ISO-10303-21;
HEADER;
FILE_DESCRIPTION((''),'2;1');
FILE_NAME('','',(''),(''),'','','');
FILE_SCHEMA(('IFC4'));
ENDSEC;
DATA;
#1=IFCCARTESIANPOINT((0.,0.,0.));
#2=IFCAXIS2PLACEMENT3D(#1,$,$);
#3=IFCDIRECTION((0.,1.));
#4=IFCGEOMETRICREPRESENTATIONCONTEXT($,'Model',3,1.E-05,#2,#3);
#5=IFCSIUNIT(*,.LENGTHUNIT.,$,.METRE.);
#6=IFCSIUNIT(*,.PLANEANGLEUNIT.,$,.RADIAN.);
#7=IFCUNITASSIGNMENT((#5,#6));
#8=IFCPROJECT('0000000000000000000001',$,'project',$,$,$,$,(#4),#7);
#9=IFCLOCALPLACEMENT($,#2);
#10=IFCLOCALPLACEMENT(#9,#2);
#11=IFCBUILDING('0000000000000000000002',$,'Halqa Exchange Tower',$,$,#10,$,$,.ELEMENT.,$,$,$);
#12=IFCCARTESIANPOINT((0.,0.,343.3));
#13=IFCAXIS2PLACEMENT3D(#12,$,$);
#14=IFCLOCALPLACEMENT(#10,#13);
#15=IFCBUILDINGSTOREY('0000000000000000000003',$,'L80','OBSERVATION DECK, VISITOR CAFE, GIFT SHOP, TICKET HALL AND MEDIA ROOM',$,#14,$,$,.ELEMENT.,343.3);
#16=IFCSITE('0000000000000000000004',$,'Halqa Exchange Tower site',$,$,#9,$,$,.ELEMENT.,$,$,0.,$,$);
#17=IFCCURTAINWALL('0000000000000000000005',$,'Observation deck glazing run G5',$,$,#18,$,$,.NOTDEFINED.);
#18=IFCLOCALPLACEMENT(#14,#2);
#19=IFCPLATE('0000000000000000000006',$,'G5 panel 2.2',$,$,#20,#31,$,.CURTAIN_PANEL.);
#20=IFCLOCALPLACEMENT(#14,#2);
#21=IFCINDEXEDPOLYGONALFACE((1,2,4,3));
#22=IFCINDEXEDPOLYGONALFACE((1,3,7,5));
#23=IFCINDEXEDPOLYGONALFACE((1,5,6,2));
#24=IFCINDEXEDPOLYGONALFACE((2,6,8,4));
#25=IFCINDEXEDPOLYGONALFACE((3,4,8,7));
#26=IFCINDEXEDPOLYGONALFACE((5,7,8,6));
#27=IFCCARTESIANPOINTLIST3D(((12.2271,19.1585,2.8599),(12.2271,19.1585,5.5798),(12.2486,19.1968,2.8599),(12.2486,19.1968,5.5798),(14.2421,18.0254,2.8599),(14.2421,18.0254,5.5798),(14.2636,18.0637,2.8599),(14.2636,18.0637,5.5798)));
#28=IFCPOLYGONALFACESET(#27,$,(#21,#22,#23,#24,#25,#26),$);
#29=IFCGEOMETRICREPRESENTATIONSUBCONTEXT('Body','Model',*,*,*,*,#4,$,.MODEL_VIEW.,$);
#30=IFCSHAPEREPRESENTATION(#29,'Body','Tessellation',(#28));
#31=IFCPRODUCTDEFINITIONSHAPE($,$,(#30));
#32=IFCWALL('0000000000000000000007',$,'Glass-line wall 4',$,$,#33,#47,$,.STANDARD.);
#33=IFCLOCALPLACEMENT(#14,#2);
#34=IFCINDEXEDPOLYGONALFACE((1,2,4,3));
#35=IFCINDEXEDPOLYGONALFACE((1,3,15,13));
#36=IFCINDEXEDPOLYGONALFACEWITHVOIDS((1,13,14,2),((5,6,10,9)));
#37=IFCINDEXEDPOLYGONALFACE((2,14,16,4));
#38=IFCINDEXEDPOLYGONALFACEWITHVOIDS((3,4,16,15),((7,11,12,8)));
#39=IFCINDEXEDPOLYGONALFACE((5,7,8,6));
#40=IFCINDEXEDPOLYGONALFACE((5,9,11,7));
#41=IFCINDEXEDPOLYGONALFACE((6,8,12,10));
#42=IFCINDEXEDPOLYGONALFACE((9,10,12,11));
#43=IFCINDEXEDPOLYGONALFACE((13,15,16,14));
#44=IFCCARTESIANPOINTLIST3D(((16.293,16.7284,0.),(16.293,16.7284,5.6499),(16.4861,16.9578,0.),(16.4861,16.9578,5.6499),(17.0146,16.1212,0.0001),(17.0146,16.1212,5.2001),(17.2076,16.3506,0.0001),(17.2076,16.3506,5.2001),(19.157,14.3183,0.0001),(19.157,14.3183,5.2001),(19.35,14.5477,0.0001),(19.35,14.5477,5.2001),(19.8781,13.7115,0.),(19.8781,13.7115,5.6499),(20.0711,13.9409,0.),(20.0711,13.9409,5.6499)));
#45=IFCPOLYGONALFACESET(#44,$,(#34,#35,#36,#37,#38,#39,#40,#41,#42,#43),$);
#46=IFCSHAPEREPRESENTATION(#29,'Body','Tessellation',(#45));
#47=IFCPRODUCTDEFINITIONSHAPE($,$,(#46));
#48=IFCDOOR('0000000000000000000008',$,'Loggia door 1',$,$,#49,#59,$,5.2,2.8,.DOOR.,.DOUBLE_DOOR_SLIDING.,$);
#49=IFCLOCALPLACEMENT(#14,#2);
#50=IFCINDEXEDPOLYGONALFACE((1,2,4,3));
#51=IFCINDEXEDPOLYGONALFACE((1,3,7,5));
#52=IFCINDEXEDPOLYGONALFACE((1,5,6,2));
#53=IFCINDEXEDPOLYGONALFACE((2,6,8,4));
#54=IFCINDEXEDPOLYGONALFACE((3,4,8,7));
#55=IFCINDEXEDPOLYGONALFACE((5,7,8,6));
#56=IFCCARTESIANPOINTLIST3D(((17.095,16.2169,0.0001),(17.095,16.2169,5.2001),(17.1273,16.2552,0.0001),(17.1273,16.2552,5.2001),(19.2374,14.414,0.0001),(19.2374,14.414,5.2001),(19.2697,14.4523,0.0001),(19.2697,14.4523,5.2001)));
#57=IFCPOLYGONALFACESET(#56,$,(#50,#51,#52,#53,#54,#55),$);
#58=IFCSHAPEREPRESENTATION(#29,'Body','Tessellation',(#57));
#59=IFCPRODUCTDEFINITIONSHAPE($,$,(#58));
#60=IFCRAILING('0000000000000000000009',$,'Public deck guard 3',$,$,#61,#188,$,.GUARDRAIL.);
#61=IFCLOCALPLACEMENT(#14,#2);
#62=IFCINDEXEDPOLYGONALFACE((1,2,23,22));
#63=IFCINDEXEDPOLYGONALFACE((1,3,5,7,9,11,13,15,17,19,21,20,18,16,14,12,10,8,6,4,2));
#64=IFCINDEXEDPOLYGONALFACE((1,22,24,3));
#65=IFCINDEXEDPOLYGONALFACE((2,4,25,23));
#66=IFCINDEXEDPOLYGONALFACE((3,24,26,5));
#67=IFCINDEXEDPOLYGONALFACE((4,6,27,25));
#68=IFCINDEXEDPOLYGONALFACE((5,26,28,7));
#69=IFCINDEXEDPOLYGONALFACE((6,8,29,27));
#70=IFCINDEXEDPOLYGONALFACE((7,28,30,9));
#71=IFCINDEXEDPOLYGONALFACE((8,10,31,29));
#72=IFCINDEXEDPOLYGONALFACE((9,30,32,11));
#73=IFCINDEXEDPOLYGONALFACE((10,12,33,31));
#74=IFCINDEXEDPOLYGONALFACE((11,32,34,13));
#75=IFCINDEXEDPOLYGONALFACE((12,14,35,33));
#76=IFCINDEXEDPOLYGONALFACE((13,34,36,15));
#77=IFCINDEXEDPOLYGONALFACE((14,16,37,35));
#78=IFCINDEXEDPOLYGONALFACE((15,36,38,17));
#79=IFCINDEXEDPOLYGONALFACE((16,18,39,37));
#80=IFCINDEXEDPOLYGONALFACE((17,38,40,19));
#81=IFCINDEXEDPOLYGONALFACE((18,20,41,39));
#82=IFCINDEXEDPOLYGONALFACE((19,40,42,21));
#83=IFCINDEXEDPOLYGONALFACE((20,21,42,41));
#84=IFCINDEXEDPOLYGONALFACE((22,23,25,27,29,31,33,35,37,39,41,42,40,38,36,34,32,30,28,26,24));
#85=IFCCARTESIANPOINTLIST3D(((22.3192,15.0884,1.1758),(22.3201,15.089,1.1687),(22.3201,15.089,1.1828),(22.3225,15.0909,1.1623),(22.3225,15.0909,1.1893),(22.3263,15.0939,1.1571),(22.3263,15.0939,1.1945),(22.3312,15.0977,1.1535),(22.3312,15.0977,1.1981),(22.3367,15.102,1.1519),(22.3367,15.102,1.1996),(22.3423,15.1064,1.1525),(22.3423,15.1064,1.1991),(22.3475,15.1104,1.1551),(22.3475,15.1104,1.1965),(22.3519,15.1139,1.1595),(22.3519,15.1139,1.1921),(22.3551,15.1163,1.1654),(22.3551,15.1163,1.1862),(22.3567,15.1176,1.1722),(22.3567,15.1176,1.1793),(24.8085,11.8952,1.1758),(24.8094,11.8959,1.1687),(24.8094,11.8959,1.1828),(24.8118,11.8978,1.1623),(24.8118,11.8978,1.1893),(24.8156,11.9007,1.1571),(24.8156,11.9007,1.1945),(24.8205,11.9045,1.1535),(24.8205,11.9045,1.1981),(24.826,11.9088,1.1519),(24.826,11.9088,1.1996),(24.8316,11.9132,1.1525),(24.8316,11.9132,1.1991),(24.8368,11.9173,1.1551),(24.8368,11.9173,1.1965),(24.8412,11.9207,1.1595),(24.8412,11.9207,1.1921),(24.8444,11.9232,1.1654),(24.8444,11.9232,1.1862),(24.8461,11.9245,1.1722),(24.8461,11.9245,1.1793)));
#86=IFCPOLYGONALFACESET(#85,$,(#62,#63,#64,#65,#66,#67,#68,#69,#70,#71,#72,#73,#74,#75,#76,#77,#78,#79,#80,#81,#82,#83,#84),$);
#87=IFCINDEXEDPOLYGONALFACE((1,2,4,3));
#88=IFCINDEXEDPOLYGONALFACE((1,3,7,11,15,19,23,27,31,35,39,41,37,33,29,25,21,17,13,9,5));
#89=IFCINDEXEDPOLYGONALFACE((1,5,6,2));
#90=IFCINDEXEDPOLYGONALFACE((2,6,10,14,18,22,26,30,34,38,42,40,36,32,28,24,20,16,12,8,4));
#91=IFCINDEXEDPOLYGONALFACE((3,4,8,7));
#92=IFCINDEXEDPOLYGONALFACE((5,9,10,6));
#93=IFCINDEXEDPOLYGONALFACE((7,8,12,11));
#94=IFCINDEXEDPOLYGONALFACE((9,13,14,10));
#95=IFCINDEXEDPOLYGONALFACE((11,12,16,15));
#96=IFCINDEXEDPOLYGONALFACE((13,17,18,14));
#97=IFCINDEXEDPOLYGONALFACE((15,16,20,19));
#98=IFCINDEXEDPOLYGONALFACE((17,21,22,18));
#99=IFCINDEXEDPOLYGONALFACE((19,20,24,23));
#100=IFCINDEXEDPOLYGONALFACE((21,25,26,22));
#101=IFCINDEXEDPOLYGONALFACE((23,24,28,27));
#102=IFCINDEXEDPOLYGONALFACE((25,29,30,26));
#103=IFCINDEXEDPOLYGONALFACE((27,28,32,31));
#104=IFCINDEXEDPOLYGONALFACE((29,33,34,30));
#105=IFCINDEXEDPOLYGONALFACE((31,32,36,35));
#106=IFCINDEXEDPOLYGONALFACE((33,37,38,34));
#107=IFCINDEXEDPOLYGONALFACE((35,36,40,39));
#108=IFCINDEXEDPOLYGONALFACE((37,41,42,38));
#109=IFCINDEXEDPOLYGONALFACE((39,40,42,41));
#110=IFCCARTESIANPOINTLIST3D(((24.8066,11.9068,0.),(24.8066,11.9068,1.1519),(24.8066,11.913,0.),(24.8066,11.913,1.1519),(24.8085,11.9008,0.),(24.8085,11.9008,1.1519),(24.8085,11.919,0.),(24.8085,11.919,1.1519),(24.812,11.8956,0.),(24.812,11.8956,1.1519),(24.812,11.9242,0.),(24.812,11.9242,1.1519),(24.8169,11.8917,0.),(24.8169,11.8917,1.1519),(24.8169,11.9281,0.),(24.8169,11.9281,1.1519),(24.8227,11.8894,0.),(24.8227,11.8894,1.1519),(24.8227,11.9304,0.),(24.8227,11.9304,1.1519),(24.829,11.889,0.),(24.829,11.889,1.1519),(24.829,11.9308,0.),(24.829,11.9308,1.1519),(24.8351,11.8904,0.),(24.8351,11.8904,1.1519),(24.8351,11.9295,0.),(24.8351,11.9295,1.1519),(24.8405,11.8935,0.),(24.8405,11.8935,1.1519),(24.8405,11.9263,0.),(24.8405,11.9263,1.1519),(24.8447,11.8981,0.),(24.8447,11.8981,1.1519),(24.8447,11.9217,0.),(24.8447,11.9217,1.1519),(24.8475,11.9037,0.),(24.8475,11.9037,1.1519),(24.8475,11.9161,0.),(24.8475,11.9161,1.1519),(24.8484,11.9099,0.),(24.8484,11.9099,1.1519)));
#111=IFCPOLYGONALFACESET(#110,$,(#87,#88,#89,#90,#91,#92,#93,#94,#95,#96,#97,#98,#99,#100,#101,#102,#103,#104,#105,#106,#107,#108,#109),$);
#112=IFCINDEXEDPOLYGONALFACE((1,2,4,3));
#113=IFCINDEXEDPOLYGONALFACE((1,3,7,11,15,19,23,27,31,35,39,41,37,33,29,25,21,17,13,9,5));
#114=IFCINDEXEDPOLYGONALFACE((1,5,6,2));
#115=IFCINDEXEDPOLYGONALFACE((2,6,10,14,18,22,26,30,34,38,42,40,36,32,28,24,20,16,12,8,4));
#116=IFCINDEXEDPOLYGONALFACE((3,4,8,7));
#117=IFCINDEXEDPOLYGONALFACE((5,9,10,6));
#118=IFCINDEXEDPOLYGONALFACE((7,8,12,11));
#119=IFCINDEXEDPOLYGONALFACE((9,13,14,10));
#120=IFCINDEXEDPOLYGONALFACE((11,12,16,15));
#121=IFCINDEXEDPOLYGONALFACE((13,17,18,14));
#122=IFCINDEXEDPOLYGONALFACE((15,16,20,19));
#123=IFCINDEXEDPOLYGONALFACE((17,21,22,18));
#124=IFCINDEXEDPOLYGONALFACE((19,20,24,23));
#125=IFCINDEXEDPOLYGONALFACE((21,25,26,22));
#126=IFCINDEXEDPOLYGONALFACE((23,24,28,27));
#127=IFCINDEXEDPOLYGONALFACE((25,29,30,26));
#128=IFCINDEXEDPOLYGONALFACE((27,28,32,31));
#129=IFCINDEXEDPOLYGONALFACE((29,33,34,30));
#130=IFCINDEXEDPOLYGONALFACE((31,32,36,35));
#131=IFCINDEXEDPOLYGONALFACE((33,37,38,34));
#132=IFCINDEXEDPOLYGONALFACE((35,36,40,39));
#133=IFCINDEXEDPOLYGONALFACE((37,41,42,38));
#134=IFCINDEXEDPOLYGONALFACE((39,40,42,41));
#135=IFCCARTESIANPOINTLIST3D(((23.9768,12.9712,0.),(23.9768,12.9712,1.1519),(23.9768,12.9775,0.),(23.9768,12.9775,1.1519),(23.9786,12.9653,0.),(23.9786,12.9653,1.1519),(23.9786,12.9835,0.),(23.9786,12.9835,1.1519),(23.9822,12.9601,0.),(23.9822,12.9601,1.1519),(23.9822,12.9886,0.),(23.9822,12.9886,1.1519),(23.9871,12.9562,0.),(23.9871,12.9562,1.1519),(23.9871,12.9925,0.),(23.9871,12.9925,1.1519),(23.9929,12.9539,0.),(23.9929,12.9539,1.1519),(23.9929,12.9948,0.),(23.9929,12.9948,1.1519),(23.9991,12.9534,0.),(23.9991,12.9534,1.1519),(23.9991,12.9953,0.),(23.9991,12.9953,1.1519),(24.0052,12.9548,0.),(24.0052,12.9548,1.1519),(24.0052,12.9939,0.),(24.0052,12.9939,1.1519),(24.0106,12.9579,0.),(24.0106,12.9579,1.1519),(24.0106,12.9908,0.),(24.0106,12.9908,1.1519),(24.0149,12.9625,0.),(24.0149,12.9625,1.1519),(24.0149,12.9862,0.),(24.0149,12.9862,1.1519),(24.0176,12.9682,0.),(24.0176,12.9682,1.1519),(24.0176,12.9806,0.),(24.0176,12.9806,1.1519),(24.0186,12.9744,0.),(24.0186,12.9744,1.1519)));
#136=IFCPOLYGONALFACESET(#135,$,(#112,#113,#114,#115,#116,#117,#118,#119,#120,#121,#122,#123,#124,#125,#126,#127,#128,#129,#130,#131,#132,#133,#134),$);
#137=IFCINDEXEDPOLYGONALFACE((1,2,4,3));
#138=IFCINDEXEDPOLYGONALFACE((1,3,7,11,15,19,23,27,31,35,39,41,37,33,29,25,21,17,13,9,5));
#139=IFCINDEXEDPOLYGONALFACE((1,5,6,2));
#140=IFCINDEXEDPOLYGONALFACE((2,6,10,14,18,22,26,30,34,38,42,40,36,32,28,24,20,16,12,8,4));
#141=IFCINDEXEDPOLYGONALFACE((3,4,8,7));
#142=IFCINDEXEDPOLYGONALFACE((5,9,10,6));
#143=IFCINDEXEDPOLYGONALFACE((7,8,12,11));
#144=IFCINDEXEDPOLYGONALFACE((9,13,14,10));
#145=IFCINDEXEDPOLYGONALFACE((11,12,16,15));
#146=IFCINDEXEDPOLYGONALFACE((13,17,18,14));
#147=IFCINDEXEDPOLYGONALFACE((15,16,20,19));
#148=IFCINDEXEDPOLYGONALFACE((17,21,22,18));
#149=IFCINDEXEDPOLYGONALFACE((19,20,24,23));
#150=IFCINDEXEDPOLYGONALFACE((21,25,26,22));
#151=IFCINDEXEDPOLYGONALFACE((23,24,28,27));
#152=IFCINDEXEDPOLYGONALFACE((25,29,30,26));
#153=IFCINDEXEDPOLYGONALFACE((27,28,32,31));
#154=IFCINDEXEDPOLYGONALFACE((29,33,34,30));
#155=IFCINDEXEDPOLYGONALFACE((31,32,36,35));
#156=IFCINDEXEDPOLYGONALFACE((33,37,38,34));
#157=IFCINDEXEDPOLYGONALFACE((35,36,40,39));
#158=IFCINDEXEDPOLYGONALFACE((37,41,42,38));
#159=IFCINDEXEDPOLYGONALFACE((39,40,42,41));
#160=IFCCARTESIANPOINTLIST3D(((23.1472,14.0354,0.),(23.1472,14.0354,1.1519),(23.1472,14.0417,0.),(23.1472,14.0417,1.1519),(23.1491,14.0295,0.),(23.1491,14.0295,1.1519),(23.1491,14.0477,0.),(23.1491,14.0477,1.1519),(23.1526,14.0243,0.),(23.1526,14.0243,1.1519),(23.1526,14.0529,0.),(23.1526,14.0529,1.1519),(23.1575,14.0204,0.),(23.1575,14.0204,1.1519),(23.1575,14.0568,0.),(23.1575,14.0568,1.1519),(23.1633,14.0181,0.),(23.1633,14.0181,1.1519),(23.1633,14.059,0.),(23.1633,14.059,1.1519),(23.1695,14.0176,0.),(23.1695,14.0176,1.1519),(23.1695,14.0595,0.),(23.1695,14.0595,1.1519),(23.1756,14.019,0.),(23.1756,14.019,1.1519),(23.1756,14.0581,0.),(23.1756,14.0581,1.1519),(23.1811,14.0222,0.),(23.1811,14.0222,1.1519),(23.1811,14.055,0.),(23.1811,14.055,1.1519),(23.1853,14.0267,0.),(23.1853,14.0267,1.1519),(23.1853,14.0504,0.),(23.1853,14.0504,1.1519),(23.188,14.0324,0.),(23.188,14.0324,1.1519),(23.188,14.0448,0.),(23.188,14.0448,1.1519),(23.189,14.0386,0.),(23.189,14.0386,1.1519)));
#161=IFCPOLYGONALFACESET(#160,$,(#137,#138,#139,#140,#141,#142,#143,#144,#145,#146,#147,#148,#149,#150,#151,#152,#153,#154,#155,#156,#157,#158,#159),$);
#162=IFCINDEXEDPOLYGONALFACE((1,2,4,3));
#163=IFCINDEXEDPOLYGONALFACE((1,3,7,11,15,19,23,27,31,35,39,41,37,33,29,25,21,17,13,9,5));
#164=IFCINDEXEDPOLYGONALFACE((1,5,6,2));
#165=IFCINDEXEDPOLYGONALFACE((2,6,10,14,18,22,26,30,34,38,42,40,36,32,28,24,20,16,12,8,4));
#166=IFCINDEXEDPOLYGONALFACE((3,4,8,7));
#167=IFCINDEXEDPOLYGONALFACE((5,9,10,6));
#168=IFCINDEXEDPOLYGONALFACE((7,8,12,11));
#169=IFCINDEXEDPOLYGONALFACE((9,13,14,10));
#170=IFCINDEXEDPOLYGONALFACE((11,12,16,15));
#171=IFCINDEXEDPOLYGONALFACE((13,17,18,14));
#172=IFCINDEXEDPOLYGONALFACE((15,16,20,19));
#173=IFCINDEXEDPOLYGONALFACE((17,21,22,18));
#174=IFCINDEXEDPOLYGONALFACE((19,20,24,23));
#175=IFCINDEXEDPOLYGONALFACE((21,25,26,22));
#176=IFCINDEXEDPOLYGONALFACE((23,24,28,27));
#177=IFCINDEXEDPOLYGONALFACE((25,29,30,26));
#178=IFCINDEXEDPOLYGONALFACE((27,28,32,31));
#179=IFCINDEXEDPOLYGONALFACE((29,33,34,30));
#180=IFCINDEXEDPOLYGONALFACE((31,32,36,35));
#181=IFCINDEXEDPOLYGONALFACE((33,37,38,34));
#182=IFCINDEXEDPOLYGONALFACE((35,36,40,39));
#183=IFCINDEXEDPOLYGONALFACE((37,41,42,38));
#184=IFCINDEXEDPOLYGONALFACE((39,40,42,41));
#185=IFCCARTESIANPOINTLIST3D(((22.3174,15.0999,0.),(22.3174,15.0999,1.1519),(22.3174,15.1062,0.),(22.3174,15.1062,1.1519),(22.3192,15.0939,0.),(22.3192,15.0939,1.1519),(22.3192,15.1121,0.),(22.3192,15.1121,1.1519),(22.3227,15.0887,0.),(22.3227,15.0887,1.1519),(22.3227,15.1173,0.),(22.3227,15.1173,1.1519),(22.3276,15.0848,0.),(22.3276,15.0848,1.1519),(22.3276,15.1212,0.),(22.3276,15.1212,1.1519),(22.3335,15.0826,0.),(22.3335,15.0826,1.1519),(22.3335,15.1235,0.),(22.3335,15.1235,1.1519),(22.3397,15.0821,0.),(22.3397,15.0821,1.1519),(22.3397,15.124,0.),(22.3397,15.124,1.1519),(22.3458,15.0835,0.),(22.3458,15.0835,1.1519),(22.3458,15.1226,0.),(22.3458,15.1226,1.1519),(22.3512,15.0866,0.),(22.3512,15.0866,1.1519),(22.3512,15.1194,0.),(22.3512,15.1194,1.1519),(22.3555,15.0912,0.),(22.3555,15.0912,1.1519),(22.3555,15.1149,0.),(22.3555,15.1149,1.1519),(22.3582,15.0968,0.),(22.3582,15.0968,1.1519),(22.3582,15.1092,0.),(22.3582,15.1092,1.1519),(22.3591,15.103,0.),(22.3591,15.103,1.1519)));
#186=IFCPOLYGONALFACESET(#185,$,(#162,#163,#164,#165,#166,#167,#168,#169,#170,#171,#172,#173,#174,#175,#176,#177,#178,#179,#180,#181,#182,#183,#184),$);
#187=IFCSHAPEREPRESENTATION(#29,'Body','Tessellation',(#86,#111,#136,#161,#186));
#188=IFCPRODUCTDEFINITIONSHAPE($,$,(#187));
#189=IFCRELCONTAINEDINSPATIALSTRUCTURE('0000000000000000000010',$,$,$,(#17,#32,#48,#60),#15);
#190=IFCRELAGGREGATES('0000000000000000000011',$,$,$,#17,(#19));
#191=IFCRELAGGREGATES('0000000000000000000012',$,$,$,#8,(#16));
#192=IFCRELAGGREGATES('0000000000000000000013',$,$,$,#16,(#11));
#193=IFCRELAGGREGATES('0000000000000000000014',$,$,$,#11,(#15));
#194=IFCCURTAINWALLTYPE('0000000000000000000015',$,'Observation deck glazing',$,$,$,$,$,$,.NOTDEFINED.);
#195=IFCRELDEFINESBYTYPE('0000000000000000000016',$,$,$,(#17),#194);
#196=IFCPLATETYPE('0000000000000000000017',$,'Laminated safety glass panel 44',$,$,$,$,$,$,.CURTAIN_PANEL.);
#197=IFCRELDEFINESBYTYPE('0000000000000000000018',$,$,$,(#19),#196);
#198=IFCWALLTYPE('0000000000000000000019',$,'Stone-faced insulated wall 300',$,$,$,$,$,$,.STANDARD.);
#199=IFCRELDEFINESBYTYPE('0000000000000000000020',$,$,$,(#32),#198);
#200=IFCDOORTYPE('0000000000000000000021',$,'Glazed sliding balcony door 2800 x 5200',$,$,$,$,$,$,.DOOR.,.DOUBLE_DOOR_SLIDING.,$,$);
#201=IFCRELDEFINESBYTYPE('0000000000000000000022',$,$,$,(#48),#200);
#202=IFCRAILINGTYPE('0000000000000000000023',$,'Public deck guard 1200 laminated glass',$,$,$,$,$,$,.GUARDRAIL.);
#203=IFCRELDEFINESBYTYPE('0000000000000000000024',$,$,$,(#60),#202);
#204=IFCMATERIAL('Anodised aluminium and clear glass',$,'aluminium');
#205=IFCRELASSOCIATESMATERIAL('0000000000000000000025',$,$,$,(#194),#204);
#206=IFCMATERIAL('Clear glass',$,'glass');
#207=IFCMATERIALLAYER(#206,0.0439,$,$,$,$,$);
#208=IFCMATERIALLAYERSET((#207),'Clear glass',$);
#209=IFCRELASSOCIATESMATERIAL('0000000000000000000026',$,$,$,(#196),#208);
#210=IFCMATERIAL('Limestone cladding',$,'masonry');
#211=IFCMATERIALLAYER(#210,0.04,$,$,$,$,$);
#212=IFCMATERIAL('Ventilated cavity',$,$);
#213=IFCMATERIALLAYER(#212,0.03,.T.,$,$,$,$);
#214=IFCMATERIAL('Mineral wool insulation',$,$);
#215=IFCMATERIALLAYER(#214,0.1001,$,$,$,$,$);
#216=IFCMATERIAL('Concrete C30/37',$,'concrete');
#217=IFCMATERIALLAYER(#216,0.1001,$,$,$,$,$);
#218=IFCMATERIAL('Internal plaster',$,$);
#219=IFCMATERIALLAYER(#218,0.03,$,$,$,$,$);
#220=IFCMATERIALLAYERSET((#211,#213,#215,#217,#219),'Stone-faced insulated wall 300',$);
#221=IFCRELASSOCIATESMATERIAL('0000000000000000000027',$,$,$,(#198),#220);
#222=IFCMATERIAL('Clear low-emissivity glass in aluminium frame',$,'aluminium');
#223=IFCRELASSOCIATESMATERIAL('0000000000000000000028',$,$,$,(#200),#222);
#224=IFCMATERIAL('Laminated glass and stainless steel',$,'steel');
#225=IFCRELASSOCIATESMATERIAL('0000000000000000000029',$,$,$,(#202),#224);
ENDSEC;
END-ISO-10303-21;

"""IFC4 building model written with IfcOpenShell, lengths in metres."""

from ifc_helpers import new_model, si_unit, direction, frame, frame_2d, origin, origin_2d, place, context, subcontext, project, spatial, polyline, rectangle, circle, outline, extrude, material, layer, layer_set, type_object, element, fill, aggregate, save


model = new_model("IFC4")

# Units and contexts
model_context = context("Model", 3, precision=1e-05, world=origin(), true_north=direction((0.0, 1.0)))
body_context = subcontext(model_context, "Body", "Model", "MODEL_VIEW")
ifc_project = project(units=[si_unit("LENGTHUNIT", "METRE"), si_unit("PLANEANGLEUNIT", "RADIAN")], contexts=[model_context])

# Site, building, storey
site_placement = place(None, origin())
site = spatial("IfcSite", under=ifc_project, at=site_placement, Name="Halqa Exchange Tower site", CompositionType="ELEMENT", RefElevation=0.0)
building_placement = place(site_placement, origin())
building = spatial("IfcBuilding", under=site, at=building_placement, Name="Halqa Exchange Tower", CompositionType="ELEMENT")
storey_placement = place(building_placement, frame((0.0, 0.0, 343.3)))
storey = spatial("IfcBuildingStorey", under=building, at=storey_placement, Name="L80", Description="OBSERVATION DECK, VISITOR CAFE, GIFT SHOP, TICKET HALL AND MEDIA ROOM", CompositionType="ELEMENT", Elevation=343.3)

# Curtain wall
ifc_material_1 = material(Name="Anodised aluminium and clear glass", Category="aluminium")
curtain_wall_type = type_object("IfcCurtainWallType", Name="Observation deck glazing", PredefinedType="NOTDEFINED", material=ifc_material_1)
curtain_wall_1_placement = place(storey_placement, origin())
curtain_wall_1 = element("IfcCurtainWall", 1, at=curtain_wall_1_placement, inside=storey, type_object=curtain_wall_type, Name="Observation deck glazing run G5", PredefinedType="NOTDEFINED")

# Plate
ifc_material_2 = material(Name="Clear glass", Category="glass")
ifc_layer_1 = layer(ifc_material_2, 0.0439)
ifc_layer_set_1 = layer_set([ifc_layer_1], Name="Clear glass")
plate_type = type_object("IfcPlateType", Name="Laminated safety glass panel 44", PredefinedType="CURTAIN_PANEL", material=ifc_layer_set_1)
plate_1_placement = place(storey_placement, frame((13.2454, 18.6111, 2.8599), z_axis=(0.0, 0.0, 1.0), x_axis=(-0.871634, 0.490158, 0.0)))
plate_1 = element("IfcPlate", 2, at=plate_1_placement, type_object=plate_type, Name="G5 panel 2.2", PredefinedType="CURTAIN_PANEL", context=body_context, shape_type="SweptSolid", body=[
    extrude(rectangle(XDim=2.3118, YDim=0.0439, at=origin_2d()), origin(), (0.0, 0.0, 1.0), 2.72),
])
aggregate(curtain_wall_1, [plate_1])

# Wall, opening, door
ifc_material_3 = material(Name="Limestone cladding", Category="masonry")
ifc_layer_2 = layer(ifc_material_3, 0.04)
ifc_material_4 = material(Name="Ventilated cavity")
ifc_layer_3 = layer(ifc_material_4, 0.03, ventilated=True)
ifc_material_5 = material(Name="Mineral wool insulation")
ifc_layer_4 = layer(ifc_material_5, 0.1001)
ifc_material_6 = material(Name="Concrete C30/37", Category="concrete")
ifc_layer_5 = layer(ifc_material_6, 0.1001)
ifc_material_7 = material(Name="Internal plaster")
ifc_layer_6 = layer(ifc_material_7, 0.03)
ifc_layer_set_2 = layer_set([ifc_layer_2, ifc_layer_3, ifc_layer_4, ifc_layer_5, ifc_layer_6], Name="Stone-faced insulated wall 300")
wall_type = type_object("IfcWallType", Name="Stone-faced insulated wall 300", PredefinedType="STANDARD", material=ifc_layer_set_2)
wall_placement = place(storey_placement, frame((19.9746, 13.8262, 0.0), z_axis=(0.0, 0.0, 1.0), x_axis=(-0.765129, 0.643877, 0.0)))
wall = element("IfcWall", 3, at=wall_placement, inside=storey, type_object=wall_type, Name="Glass-line wall 4", PredefinedType="STANDARD", context=body_context, shape_type="SweptSolid", body=[
    extrude(outline(polyline([(0.0, -0.1499), (4.6855, -0.1499), (4.6855, 0.1499), (0.0, 0.1499), (0.0, -0.1499)])), origin(), (0.0, 0.0, 1.0), 5.6499),
])
opening_placement = place(wall_placement, frame((0.9426, 0.0, 0.0)))
opening = element("IfcOpeningElement", 4, at=opening_placement, cuts=wall, PredefinedType="OPENING", context=body_context, shape_type="SweptSolid", body=[
    extrude(rectangle(XDim=2.8, YDim=5.2, at=frame_2d((1.3999, 2.6001))), frame((0.0, 0.1621, 0.0), z_axis=(0.0, -1.0, 0.0), x_axis=(1.0, 0.0, 0.0)), (0.0, 0.0, 1.0), 0.324),
])
ifc_material_8 = material(Name="Clear low-emissivity glass in aluminium frame", Category="aluminium")
door_type = type_object("IfcDoorType", Name="Glazed sliding balcony door 2800 x 5200", OperationType="DOUBLE_DOOR_SLIDING", PredefinedType="DOOR", material=ifc_material_8)
door_placement = place(opening_placement, origin())
door = element("IfcDoor", 5, at=door_placement, inside=storey, type_object=door_type, Name="Loggia door 1", OperationType="DOUBLE_DOOR_SLIDING", OverallHeight=5.2, OverallWidth=2.8, PredefinedType="DOOR", context=body_context, shape_type="SweptSolid", body=[
    extrude(rectangle(XDim=2.8, YDim=5.2, at=frame_2d((1.3999, 2.6001))), frame((0.0, 0.0249, 0.0), z_axis=(0.0, -1.0, 0.0), x_axis=(1.0, 0.0, 0.0)), (0.0, 0.0, 1.0), 0.05),
])
fill(opening, door)

# Railing
ifc_material_9 = material(Name="Laminated glass and stainless steel", Category="steel")
railing_type = type_object("IfcRailingType", Name="Public deck guard 1200 laminated glass", PredefinedType="GUARDRAIL", material=ifc_material_9)
railing_1_placement = place(storey_placement, frame((24.8274, 11.9099, 0.0)))
element("IfcRailing", 6, at=railing_1_placement, inside=storey, type_object=railing_type, Name="Public deck guard 3", PredefinedType="GUARDRAIL", context=body_context, shape_type="SweptSolid", body=[
    extrude(circle(Radius=0.0239, at=origin_2d()), frame((0.0, 0.0, 1.1758), z_axis=(-0.614821, 0.788667, 0.0), x_axis=(-0.788667, -0.614821, 0.0)), (0.0, 0.0, 1.0), 4.0488),
    extrude(circle(Radius=0.021, at=origin_2d()), origin(), (0.0, 0.0, 1.0), 1.1519),
    extrude(circle(Radius=0.021, at=origin_2d()), frame((-0.8298, 1.0645, 0.0)), (0.0, 0.0, 1.0), 1.1519),
    extrude(circle(Radius=0.021, at=origin_2d()), frame((-1.6594, 2.1287, 0.0)), (0.0, 0.0, 1.0), 1.1519),
    extrude(circle(Radius=0.021, at=origin_2d()), frame((-2.4893, 3.1931, 0.0)), (0.0, 0.0, 1.0), 1.1519),
])

save(model, "model.ifc")
